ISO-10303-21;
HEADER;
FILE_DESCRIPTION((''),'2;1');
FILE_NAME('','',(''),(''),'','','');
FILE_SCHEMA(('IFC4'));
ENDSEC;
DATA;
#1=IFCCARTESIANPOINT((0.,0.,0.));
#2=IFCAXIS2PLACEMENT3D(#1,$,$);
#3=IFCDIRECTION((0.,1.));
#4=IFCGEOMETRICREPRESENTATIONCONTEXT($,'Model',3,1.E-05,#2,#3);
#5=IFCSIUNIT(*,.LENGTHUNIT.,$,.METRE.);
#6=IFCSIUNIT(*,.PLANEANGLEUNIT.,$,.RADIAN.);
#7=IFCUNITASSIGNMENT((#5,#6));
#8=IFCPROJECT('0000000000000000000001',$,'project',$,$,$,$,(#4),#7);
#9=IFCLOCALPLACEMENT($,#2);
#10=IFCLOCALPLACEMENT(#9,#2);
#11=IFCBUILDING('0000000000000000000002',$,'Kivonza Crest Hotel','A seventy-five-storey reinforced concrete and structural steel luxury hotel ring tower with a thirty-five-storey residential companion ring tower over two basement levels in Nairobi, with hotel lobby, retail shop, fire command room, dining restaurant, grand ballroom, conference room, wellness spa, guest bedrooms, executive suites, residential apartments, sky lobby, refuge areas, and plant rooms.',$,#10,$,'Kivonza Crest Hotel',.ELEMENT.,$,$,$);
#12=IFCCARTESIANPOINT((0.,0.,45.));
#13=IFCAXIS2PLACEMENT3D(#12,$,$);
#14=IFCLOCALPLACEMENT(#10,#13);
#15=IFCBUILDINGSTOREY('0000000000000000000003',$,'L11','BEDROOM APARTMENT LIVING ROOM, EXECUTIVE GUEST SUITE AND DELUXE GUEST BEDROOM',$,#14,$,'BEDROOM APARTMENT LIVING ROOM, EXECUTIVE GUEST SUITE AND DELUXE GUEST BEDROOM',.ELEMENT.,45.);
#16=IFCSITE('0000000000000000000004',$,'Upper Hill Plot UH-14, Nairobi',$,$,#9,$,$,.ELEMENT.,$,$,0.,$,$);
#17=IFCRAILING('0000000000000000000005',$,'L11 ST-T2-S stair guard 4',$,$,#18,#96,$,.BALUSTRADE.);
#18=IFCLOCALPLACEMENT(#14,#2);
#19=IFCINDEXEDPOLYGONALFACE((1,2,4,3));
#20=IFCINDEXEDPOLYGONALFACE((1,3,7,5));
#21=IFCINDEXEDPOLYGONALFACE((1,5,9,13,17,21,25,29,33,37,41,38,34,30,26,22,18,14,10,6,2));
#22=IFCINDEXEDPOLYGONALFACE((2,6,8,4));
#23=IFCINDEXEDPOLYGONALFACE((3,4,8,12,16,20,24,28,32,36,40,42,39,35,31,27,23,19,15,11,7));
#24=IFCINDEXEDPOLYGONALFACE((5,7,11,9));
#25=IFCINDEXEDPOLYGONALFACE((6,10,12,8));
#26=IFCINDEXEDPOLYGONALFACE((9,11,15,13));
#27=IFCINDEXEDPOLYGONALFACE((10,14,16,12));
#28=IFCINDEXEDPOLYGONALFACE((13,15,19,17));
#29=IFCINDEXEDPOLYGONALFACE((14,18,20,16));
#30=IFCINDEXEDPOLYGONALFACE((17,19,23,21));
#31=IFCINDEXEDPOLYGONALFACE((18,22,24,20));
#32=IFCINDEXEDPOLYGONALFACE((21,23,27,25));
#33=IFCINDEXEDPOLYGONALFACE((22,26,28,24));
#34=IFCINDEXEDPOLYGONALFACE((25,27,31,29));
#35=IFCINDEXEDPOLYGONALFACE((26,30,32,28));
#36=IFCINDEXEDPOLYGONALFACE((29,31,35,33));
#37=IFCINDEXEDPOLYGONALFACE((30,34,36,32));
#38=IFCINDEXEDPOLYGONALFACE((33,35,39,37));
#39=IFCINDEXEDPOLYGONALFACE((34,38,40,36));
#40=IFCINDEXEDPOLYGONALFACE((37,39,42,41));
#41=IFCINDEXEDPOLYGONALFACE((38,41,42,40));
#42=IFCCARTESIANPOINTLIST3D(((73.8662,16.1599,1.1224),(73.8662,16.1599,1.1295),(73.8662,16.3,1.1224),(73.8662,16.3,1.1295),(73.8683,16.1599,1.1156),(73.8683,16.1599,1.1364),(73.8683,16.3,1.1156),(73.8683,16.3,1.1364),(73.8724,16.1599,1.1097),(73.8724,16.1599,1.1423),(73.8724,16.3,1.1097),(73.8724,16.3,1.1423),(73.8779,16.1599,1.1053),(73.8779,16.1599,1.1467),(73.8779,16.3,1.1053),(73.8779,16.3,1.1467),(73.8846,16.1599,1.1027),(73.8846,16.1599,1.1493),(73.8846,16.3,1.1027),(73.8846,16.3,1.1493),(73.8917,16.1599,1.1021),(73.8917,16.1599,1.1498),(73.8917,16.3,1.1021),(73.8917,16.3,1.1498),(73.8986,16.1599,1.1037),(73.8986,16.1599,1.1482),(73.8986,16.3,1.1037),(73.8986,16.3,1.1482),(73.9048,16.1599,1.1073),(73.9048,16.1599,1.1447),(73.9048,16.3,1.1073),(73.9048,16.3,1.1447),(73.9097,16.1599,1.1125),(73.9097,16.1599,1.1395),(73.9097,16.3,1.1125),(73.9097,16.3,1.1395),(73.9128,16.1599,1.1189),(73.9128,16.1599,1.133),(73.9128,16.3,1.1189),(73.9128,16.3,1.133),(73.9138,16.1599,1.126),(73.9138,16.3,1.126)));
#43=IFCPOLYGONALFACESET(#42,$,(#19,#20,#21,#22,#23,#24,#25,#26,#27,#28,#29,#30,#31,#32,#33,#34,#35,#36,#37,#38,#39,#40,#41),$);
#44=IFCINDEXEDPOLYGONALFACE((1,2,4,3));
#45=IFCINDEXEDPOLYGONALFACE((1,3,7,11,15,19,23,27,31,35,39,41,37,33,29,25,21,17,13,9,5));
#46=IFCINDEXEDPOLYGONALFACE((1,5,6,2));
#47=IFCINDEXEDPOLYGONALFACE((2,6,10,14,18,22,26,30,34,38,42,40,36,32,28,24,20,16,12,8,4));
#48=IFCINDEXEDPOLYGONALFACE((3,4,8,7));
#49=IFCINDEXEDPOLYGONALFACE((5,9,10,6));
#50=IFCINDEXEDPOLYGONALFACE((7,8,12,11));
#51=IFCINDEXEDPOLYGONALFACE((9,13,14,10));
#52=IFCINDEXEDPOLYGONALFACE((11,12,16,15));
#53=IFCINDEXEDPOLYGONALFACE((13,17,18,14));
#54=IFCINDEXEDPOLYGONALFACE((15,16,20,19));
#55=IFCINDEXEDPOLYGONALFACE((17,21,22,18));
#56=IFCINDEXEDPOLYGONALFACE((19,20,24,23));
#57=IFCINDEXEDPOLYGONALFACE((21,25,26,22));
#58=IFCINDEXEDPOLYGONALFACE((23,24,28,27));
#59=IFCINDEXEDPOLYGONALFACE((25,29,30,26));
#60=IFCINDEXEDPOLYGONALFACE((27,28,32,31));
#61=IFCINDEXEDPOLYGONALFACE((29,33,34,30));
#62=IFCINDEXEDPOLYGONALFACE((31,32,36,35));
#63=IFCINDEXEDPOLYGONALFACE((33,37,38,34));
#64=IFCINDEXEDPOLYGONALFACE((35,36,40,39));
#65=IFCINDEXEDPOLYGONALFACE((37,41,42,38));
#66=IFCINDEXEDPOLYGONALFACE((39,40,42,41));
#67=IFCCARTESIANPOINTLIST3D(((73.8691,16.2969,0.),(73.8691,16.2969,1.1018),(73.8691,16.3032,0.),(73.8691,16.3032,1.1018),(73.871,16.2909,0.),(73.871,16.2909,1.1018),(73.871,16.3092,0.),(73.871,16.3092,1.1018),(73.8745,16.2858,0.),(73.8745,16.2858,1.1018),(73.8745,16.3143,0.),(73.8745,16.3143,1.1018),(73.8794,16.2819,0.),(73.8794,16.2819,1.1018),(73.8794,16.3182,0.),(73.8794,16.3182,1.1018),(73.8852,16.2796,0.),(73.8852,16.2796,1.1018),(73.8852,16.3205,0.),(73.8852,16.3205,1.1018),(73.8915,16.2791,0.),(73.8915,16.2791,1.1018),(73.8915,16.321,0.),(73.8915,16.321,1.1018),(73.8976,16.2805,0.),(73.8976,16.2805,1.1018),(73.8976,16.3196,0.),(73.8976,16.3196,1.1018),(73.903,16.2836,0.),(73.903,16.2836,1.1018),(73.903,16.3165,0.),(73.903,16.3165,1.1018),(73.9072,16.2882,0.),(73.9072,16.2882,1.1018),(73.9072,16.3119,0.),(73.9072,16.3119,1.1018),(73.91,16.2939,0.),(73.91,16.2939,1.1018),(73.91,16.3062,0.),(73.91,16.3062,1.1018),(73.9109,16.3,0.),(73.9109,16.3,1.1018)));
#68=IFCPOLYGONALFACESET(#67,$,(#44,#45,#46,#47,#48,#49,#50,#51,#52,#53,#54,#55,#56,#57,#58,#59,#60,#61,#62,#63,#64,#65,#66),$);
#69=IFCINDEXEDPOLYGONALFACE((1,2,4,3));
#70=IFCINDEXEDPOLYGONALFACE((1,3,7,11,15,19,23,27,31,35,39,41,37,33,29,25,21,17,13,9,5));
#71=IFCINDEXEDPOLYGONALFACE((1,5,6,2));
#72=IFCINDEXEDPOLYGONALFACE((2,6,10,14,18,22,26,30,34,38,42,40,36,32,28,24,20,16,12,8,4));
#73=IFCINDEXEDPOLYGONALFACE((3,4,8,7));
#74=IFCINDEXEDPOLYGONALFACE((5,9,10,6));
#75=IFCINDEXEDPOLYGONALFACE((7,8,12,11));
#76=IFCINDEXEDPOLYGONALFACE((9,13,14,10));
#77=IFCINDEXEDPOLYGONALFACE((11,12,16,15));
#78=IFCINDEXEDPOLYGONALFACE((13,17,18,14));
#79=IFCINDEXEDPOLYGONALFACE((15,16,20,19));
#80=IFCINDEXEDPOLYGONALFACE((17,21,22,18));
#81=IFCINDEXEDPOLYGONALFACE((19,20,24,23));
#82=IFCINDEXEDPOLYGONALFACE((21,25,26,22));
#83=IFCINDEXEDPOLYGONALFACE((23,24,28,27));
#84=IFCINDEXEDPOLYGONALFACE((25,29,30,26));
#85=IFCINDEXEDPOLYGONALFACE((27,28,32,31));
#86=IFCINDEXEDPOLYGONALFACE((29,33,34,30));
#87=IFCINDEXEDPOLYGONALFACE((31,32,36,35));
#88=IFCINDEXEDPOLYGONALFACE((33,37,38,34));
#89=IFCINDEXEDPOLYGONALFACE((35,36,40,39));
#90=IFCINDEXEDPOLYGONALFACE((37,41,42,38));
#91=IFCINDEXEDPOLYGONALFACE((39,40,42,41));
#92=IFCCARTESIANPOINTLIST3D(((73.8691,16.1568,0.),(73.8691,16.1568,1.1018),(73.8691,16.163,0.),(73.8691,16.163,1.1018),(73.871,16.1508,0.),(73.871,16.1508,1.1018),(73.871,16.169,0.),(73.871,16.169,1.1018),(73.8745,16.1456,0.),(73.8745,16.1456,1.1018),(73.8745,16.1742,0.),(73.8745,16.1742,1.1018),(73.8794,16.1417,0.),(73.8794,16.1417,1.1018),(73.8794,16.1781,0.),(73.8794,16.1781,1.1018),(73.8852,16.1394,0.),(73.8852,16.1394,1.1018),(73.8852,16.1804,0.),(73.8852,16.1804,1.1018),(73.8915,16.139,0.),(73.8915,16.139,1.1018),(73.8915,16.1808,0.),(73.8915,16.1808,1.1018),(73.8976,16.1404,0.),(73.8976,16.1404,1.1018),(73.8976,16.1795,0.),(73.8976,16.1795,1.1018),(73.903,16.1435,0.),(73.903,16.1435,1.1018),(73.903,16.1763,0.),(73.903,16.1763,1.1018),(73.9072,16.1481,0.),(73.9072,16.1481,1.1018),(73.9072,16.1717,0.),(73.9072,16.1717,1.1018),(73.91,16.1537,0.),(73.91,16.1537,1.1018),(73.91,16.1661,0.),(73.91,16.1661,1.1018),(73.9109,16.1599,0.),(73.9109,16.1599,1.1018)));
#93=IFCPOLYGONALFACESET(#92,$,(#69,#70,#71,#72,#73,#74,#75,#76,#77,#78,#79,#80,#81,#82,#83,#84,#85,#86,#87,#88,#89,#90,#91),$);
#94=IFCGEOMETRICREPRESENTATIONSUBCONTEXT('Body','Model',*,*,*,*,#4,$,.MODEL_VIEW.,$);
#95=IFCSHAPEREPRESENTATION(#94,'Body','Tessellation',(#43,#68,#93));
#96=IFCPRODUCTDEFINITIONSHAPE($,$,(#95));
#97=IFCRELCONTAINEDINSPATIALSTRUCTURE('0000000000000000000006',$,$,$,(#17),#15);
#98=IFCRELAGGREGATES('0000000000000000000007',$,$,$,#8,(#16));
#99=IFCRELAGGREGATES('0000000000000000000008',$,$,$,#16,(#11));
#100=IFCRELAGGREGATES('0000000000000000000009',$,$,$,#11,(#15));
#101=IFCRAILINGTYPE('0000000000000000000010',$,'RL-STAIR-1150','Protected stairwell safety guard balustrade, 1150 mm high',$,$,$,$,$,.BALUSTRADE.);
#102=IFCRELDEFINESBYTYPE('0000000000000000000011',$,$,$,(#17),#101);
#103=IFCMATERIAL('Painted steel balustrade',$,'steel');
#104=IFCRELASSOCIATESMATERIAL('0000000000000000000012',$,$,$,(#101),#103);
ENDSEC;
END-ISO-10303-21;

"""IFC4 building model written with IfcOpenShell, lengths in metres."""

from ifc_helpers import new_model, si_unit, direction, frame, origin, origin_2d, place, context, subcontext, project, spatial, circle, extrude, material, type_object, element, save


model = new_model("IFC4")

# Units and contexts
model_context = context("Model", 3, precision=1e-05, world=origin(), true_north=direction((0.0, 1.0)))
body_context = subcontext(model_context, "Body", "Model", "MODEL_VIEW")
ifc_project = project(units=[si_unit("LENGTHUNIT", "METRE"), si_unit("PLANEANGLEUNIT", "RADIAN")], contexts=[model_context])

# Site, building, storey
site_placement = place(None, origin())
site = spatial("IfcSite", under=ifc_project, at=site_placement, Name="Upper Hill Plot UH-14, Nairobi", CompositionType="ELEMENT", RefElevation=0.0)
building_placement = place(site_placement, origin())
building = spatial("IfcBuilding", under=site, at=building_placement, Name="Kivonza Crest Hotel", Description="A seventy-five-storey reinforced concrete and structural steel luxury hotel ring tower with a thirty-five-storey residential companion ring tower over two basement levels in Nairobi, with hotel lobby, retail shop, fire command room, dining restaurant, grand ballroom, conference room, wellness spa, guest bedrooms, executive suites, residential apartments, sky lobby, refuge areas, and plant rooms.", LongName="Kivonza Crest Hotel", CompositionType="ELEMENT")
storey_placement = place(building_placement, frame((0.0, 0.0, 45.0)))
storey = spatial("IfcBuildingStorey", under=building, at=storey_placement, Name="L11", Description="BEDROOM APARTMENT LIVING ROOM, EXECUTIVE GUEST SUITE AND DELUXE GUEST BEDROOM", LongName="BEDROOM APARTMENT LIVING ROOM, EXECUTIVE GUEST SUITE AND DELUXE GUEST BEDROOM", CompositionType="ELEMENT", Elevation=45.0)

# Railing
ifc_material_1 = material(Name="Painted steel balustrade", Category="steel")
railing_type_1 = type_object("IfcRailingType", Name="RL-STAIR-1150", Description="Protected stairwell safety guard balustrade, 1150 mm high", PredefinedType="BALUSTRADE", material=ifc_material_1)
railing_1_placement = place(storey_placement, frame((73.8899, 16.3, 0.0)))
element("IfcRailing", 1, at=railing_1_placement, inside=storey, type_object=railing_type_1, Name="L11 ST-T2-S stair guard 4", PredefinedType="BALUSTRADE", context=body_context, shape_type="SweptSolid", body=[
    extrude(circle(Radius=0.0239, at=origin_2d()), frame((0.0, 0.0, 1.126), z_axis=(0.0, -1.0, 0.0), x_axis=(1.0, 0.0, 0.0)), (0.0, 0.0, 1.0), 0.1401),
    extrude(circle(Radius=0.021, at=origin_2d()), origin(), (0.0, 0.0, 1.0), 1.1018),
    extrude(circle(Radius=0.021, at=origin_2d()), frame((0.0, -0.1401, 0.0)), (0.0, 0.0, 1.0), 1.1018),
])

save(model, "model.ifc")
